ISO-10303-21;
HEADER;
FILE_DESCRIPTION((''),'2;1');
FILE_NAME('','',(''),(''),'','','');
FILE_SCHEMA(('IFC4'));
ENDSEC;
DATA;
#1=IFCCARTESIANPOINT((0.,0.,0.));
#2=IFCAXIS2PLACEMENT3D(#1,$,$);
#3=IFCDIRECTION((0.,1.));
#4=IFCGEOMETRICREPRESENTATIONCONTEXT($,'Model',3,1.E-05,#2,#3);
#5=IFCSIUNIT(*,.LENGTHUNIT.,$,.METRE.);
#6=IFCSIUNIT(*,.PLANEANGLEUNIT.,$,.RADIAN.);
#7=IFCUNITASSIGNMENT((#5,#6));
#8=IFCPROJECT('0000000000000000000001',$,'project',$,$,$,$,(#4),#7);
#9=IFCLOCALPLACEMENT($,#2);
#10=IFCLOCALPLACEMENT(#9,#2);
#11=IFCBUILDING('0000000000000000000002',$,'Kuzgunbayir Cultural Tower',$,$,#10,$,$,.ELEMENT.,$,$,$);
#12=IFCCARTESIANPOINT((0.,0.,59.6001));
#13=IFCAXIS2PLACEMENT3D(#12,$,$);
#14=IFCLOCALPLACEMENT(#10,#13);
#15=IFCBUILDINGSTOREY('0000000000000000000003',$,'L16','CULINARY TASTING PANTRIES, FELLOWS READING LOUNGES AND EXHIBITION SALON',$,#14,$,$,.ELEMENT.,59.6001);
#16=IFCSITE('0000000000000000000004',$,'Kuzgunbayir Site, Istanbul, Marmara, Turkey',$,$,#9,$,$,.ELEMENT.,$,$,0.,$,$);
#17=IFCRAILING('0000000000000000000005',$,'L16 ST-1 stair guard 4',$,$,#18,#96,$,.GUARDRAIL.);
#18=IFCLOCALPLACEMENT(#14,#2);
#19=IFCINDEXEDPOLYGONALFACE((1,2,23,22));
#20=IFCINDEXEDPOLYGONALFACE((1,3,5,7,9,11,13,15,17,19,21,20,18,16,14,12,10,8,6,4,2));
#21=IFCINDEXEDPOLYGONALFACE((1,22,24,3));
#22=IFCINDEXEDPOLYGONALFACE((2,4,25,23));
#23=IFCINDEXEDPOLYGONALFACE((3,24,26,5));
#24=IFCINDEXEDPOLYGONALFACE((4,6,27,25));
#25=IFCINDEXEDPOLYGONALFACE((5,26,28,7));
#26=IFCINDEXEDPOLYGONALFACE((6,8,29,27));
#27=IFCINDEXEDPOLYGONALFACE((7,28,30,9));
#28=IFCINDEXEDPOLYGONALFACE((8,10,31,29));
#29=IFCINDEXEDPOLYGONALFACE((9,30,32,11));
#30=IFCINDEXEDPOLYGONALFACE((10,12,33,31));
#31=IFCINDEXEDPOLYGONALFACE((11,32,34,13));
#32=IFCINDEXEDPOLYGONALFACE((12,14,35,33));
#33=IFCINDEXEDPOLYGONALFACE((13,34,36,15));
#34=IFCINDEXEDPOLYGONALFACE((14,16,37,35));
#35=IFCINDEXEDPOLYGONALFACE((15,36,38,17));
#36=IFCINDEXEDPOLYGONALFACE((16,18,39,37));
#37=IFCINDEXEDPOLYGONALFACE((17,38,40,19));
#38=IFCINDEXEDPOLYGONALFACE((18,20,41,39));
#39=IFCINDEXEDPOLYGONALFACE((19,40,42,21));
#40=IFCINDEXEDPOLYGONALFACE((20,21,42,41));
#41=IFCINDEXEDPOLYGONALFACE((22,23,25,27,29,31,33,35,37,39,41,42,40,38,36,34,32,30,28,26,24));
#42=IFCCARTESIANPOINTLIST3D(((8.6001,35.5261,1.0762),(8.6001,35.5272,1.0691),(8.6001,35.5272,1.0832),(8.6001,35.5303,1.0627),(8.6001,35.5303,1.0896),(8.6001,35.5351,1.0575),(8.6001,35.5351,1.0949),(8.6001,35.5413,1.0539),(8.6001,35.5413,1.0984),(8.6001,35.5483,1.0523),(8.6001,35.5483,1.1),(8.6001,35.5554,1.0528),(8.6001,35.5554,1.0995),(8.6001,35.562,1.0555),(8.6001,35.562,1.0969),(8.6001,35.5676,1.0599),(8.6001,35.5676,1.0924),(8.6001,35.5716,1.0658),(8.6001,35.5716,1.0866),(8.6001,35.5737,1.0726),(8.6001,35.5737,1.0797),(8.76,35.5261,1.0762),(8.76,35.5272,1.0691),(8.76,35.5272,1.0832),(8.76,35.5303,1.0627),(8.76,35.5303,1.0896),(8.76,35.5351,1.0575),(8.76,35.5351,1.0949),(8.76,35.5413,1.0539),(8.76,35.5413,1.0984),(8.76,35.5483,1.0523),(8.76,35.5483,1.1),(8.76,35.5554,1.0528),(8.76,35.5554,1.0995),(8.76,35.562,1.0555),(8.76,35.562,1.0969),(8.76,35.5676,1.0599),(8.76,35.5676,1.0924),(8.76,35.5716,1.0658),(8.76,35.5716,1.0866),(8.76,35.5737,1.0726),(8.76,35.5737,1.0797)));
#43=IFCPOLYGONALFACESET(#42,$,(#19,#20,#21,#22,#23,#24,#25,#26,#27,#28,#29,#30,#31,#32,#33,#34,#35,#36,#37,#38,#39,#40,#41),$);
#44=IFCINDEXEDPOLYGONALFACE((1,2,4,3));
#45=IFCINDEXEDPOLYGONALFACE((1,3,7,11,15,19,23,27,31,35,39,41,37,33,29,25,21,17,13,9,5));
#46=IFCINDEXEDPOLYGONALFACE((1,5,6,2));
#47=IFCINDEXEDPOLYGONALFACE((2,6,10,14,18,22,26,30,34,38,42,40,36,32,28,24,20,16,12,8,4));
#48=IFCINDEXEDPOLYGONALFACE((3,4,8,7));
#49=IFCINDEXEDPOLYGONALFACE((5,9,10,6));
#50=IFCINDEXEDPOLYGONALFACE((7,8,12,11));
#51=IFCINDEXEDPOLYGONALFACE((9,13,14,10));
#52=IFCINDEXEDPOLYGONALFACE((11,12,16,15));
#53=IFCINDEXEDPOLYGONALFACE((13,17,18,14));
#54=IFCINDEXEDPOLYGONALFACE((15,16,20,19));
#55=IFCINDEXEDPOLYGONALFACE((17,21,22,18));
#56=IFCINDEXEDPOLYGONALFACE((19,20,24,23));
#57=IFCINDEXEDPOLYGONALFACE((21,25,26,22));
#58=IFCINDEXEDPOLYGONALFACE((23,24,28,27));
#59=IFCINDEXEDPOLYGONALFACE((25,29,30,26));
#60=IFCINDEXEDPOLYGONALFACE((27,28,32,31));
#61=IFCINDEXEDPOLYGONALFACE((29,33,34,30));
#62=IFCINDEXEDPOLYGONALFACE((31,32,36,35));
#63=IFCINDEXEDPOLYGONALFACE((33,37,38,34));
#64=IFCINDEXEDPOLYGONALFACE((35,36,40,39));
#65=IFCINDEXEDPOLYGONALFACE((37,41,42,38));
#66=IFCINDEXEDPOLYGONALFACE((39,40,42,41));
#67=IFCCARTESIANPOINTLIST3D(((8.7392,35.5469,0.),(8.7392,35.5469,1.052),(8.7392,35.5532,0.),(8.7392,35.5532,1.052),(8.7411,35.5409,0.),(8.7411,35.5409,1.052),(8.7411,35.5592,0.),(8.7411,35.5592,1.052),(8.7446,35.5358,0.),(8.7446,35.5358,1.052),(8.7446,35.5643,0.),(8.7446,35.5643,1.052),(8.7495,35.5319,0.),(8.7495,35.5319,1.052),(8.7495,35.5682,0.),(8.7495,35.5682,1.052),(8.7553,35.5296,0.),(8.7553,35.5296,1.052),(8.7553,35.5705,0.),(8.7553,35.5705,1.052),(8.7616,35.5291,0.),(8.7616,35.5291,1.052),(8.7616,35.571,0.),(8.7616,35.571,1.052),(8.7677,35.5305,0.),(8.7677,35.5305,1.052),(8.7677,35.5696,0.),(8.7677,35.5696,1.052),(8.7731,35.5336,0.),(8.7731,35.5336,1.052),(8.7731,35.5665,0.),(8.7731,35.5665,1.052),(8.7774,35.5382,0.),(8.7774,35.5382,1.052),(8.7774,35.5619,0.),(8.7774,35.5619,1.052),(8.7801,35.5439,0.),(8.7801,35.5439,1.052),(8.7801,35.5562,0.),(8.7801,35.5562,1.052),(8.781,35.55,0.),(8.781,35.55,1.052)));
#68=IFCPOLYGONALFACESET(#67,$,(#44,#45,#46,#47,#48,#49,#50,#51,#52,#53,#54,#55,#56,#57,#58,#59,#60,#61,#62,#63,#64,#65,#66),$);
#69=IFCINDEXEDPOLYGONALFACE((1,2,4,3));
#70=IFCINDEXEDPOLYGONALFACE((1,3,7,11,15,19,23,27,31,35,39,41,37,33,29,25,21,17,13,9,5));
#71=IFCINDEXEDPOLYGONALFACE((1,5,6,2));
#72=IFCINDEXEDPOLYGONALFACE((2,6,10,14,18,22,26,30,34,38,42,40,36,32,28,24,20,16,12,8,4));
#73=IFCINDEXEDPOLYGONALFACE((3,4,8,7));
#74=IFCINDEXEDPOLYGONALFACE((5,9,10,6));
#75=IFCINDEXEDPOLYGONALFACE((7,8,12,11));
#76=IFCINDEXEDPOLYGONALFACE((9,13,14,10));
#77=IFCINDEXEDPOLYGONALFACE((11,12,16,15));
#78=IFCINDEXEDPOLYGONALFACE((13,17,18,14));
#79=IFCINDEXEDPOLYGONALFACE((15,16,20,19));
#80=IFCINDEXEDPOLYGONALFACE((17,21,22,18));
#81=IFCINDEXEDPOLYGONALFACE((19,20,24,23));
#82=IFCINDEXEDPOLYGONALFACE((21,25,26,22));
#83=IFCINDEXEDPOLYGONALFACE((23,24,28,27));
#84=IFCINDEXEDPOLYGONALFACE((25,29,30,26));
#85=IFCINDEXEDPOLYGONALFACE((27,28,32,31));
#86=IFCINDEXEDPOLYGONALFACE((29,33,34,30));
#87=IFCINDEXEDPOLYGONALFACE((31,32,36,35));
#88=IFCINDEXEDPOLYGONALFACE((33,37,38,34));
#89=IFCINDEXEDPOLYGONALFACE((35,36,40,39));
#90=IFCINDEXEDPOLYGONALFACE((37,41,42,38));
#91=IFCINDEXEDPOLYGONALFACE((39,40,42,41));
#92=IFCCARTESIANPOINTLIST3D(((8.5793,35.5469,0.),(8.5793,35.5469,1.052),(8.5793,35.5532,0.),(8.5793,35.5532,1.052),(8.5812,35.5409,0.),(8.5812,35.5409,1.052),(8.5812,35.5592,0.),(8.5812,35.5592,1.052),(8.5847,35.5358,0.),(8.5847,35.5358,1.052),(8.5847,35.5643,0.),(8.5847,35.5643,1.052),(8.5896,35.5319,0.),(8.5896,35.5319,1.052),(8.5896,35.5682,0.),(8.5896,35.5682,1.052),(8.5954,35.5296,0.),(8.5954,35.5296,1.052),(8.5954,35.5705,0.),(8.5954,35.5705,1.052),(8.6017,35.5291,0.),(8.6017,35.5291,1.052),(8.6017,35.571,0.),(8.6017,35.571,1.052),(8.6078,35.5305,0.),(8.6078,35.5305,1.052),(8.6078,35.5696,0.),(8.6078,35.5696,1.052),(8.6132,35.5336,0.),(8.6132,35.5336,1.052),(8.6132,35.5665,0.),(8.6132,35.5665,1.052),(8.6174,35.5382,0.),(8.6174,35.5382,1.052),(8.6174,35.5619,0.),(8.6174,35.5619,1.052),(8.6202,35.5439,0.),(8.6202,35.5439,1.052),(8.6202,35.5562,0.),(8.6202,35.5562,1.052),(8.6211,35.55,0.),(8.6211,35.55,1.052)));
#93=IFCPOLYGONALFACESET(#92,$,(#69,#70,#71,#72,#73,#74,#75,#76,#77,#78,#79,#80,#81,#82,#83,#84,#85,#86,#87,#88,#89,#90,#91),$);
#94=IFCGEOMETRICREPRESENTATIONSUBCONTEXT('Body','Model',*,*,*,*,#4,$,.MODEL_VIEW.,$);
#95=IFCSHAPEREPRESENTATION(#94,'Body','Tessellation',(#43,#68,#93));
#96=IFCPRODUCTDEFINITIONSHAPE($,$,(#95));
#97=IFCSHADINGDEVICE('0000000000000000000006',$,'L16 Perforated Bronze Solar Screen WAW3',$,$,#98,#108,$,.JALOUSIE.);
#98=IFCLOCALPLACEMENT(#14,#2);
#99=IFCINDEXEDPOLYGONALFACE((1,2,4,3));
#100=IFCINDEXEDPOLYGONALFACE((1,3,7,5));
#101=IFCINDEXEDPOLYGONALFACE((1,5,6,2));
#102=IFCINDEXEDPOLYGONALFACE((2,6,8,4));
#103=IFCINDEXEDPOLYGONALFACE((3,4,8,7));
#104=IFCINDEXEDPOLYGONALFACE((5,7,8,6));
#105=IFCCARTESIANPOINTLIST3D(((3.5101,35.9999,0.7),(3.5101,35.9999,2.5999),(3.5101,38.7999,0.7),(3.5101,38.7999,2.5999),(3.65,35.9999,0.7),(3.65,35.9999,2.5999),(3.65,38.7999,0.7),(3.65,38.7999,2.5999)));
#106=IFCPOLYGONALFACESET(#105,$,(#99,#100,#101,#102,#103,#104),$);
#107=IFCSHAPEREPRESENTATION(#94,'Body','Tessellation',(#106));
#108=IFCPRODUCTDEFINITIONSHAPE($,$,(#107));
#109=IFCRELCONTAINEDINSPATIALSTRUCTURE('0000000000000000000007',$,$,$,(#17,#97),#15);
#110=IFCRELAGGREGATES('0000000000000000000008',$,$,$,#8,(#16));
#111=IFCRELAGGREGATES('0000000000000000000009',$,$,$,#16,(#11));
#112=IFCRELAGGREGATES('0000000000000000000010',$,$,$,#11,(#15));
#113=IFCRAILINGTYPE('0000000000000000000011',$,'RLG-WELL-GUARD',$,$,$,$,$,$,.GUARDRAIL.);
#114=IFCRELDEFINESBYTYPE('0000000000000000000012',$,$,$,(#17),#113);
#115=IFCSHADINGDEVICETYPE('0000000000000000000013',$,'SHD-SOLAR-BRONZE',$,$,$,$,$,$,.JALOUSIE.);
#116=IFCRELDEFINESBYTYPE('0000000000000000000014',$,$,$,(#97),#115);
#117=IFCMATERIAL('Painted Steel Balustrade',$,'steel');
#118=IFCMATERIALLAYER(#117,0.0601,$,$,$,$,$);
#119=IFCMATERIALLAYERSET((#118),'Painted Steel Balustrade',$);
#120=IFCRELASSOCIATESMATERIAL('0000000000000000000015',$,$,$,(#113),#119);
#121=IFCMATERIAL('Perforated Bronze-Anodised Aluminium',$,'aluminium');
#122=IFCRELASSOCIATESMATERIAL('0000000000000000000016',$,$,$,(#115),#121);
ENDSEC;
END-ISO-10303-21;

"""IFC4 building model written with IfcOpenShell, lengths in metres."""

from ifc_helpers import new_model, si_unit, direction, frame, origin, origin_2d, place, context, subcontext, project, spatial, rectangle, circle, extrude, material, layer, layer_set, type_object, element, save


model = new_model("IFC4")

# Units and contexts
model_context = context("Model", 3, precision=1e-05, world=origin(), true_north=direction((0.0, 1.0)))
body_context = subcontext(model_context, "Body", "Model", "MODEL_VIEW")
ifc_project = project(units=[si_unit("LENGTHUNIT", "METRE"), si_unit("PLANEANGLEUNIT", "RADIAN")], contexts=[model_context])

# Site, building, storey
site_placement = place(None, origin())
site = spatial("IfcSite", under=ifc_project, at=site_placement, Name="Kuzgunbayir Site, Istanbul, Marmara, Turkey", CompositionType="ELEMENT", RefElevation=0.0)
building_placement = place(site_placement, origin())
building = spatial("IfcBuilding", under=site, at=building_placement, Name="Kuzgunbayir Cultural Tower", CompositionType="ELEMENT")
storey_placement = place(building_placement, frame((0.0, 0.0, 59.6001)))
storey = spatial("IfcBuildingStorey", under=building, at=storey_placement, Name="L16", Description="CULINARY TASTING PANTRIES, FELLOWS READING LOUNGES AND EXHIBITION SALON", CompositionType="ELEMENT", Elevation=59.6001)

# Railing
ifc_material_1 = material(Name="Painted Steel Balustrade", Category="steel")
ifc_layer_1 = layer(ifc_material_1, 0.0601)
ifc_layer_set_1 = layer_set([ifc_layer_1], Name="Painted Steel Balustrade")
railing_type_1 = type_object("IfcRailingType", Name="RLG-WELL-GUARD", PredefinedType="GUARDRAIL", material=ifc_layer_set_1)
railing_1_placement = place(storey_placement, frame((8.76, 35.55, 0.0)))
element("IfcRailing", 1, at=railing_1_placement, inside=storey, type_object=railing_type_1, Name="L16 ST-1 stair guard 4", PredefinedType="GUARDRAIL", context=body_context, shape_type="SweptSolid", body=[
    extrude(circle(Radius=0.0239, at=origin_2d()), frame((0.0, 0.0, 1.0762), z_axis=(-1.0, 0.0, 0.0), x_axis=(0.0, -1.0, 0.0)), (0.0, 0.0, 1.0), 0.1599),
    extrude(circle(Radius=0.021, at=origin_2d()), origin(), (0.0, 0.0, 1.0), 1.052),
    extrude(circle(Radius=0.021, at=origin_2d()), frame((-0.1599, 0.0, 0.0)), (0.0, 0.0, 1.0), 1.052),
])

# Shading device
ifc_material_2 = material(Name="Perforated Bronze-Anodised Aluminium", Category="aluminium")
shading_device_type = type_object("IfcShadingDeviceType", Name="SHD-SOLAR-BRONZE", PredefinedType="JALOUSIE", material=ifc_material_2)
shading_device_placement = place(storey_placement, frame((3.5801, 37.3999, 0.7), z_axis=(0.0, 0.0, 1.0), x_axis=(1.0, 0.0, 0.0)))
element("IfcShadingDevice", 2, at=shading_device_placement, inside=storey, type_object=shading_device_type, Name="L16 Perforated Bronze Solar Screen WAW3", PredefinedType="JALOUSIE", context=body_context, shape_type="SweptSolid", body=[
    extrude(rectangle(XDim=0.1399, YDim=2.8, at=origin_2d()), origin(), (0.0, 0.0, 1.0), 1.8999),
])

save(model, "model.ifc")
